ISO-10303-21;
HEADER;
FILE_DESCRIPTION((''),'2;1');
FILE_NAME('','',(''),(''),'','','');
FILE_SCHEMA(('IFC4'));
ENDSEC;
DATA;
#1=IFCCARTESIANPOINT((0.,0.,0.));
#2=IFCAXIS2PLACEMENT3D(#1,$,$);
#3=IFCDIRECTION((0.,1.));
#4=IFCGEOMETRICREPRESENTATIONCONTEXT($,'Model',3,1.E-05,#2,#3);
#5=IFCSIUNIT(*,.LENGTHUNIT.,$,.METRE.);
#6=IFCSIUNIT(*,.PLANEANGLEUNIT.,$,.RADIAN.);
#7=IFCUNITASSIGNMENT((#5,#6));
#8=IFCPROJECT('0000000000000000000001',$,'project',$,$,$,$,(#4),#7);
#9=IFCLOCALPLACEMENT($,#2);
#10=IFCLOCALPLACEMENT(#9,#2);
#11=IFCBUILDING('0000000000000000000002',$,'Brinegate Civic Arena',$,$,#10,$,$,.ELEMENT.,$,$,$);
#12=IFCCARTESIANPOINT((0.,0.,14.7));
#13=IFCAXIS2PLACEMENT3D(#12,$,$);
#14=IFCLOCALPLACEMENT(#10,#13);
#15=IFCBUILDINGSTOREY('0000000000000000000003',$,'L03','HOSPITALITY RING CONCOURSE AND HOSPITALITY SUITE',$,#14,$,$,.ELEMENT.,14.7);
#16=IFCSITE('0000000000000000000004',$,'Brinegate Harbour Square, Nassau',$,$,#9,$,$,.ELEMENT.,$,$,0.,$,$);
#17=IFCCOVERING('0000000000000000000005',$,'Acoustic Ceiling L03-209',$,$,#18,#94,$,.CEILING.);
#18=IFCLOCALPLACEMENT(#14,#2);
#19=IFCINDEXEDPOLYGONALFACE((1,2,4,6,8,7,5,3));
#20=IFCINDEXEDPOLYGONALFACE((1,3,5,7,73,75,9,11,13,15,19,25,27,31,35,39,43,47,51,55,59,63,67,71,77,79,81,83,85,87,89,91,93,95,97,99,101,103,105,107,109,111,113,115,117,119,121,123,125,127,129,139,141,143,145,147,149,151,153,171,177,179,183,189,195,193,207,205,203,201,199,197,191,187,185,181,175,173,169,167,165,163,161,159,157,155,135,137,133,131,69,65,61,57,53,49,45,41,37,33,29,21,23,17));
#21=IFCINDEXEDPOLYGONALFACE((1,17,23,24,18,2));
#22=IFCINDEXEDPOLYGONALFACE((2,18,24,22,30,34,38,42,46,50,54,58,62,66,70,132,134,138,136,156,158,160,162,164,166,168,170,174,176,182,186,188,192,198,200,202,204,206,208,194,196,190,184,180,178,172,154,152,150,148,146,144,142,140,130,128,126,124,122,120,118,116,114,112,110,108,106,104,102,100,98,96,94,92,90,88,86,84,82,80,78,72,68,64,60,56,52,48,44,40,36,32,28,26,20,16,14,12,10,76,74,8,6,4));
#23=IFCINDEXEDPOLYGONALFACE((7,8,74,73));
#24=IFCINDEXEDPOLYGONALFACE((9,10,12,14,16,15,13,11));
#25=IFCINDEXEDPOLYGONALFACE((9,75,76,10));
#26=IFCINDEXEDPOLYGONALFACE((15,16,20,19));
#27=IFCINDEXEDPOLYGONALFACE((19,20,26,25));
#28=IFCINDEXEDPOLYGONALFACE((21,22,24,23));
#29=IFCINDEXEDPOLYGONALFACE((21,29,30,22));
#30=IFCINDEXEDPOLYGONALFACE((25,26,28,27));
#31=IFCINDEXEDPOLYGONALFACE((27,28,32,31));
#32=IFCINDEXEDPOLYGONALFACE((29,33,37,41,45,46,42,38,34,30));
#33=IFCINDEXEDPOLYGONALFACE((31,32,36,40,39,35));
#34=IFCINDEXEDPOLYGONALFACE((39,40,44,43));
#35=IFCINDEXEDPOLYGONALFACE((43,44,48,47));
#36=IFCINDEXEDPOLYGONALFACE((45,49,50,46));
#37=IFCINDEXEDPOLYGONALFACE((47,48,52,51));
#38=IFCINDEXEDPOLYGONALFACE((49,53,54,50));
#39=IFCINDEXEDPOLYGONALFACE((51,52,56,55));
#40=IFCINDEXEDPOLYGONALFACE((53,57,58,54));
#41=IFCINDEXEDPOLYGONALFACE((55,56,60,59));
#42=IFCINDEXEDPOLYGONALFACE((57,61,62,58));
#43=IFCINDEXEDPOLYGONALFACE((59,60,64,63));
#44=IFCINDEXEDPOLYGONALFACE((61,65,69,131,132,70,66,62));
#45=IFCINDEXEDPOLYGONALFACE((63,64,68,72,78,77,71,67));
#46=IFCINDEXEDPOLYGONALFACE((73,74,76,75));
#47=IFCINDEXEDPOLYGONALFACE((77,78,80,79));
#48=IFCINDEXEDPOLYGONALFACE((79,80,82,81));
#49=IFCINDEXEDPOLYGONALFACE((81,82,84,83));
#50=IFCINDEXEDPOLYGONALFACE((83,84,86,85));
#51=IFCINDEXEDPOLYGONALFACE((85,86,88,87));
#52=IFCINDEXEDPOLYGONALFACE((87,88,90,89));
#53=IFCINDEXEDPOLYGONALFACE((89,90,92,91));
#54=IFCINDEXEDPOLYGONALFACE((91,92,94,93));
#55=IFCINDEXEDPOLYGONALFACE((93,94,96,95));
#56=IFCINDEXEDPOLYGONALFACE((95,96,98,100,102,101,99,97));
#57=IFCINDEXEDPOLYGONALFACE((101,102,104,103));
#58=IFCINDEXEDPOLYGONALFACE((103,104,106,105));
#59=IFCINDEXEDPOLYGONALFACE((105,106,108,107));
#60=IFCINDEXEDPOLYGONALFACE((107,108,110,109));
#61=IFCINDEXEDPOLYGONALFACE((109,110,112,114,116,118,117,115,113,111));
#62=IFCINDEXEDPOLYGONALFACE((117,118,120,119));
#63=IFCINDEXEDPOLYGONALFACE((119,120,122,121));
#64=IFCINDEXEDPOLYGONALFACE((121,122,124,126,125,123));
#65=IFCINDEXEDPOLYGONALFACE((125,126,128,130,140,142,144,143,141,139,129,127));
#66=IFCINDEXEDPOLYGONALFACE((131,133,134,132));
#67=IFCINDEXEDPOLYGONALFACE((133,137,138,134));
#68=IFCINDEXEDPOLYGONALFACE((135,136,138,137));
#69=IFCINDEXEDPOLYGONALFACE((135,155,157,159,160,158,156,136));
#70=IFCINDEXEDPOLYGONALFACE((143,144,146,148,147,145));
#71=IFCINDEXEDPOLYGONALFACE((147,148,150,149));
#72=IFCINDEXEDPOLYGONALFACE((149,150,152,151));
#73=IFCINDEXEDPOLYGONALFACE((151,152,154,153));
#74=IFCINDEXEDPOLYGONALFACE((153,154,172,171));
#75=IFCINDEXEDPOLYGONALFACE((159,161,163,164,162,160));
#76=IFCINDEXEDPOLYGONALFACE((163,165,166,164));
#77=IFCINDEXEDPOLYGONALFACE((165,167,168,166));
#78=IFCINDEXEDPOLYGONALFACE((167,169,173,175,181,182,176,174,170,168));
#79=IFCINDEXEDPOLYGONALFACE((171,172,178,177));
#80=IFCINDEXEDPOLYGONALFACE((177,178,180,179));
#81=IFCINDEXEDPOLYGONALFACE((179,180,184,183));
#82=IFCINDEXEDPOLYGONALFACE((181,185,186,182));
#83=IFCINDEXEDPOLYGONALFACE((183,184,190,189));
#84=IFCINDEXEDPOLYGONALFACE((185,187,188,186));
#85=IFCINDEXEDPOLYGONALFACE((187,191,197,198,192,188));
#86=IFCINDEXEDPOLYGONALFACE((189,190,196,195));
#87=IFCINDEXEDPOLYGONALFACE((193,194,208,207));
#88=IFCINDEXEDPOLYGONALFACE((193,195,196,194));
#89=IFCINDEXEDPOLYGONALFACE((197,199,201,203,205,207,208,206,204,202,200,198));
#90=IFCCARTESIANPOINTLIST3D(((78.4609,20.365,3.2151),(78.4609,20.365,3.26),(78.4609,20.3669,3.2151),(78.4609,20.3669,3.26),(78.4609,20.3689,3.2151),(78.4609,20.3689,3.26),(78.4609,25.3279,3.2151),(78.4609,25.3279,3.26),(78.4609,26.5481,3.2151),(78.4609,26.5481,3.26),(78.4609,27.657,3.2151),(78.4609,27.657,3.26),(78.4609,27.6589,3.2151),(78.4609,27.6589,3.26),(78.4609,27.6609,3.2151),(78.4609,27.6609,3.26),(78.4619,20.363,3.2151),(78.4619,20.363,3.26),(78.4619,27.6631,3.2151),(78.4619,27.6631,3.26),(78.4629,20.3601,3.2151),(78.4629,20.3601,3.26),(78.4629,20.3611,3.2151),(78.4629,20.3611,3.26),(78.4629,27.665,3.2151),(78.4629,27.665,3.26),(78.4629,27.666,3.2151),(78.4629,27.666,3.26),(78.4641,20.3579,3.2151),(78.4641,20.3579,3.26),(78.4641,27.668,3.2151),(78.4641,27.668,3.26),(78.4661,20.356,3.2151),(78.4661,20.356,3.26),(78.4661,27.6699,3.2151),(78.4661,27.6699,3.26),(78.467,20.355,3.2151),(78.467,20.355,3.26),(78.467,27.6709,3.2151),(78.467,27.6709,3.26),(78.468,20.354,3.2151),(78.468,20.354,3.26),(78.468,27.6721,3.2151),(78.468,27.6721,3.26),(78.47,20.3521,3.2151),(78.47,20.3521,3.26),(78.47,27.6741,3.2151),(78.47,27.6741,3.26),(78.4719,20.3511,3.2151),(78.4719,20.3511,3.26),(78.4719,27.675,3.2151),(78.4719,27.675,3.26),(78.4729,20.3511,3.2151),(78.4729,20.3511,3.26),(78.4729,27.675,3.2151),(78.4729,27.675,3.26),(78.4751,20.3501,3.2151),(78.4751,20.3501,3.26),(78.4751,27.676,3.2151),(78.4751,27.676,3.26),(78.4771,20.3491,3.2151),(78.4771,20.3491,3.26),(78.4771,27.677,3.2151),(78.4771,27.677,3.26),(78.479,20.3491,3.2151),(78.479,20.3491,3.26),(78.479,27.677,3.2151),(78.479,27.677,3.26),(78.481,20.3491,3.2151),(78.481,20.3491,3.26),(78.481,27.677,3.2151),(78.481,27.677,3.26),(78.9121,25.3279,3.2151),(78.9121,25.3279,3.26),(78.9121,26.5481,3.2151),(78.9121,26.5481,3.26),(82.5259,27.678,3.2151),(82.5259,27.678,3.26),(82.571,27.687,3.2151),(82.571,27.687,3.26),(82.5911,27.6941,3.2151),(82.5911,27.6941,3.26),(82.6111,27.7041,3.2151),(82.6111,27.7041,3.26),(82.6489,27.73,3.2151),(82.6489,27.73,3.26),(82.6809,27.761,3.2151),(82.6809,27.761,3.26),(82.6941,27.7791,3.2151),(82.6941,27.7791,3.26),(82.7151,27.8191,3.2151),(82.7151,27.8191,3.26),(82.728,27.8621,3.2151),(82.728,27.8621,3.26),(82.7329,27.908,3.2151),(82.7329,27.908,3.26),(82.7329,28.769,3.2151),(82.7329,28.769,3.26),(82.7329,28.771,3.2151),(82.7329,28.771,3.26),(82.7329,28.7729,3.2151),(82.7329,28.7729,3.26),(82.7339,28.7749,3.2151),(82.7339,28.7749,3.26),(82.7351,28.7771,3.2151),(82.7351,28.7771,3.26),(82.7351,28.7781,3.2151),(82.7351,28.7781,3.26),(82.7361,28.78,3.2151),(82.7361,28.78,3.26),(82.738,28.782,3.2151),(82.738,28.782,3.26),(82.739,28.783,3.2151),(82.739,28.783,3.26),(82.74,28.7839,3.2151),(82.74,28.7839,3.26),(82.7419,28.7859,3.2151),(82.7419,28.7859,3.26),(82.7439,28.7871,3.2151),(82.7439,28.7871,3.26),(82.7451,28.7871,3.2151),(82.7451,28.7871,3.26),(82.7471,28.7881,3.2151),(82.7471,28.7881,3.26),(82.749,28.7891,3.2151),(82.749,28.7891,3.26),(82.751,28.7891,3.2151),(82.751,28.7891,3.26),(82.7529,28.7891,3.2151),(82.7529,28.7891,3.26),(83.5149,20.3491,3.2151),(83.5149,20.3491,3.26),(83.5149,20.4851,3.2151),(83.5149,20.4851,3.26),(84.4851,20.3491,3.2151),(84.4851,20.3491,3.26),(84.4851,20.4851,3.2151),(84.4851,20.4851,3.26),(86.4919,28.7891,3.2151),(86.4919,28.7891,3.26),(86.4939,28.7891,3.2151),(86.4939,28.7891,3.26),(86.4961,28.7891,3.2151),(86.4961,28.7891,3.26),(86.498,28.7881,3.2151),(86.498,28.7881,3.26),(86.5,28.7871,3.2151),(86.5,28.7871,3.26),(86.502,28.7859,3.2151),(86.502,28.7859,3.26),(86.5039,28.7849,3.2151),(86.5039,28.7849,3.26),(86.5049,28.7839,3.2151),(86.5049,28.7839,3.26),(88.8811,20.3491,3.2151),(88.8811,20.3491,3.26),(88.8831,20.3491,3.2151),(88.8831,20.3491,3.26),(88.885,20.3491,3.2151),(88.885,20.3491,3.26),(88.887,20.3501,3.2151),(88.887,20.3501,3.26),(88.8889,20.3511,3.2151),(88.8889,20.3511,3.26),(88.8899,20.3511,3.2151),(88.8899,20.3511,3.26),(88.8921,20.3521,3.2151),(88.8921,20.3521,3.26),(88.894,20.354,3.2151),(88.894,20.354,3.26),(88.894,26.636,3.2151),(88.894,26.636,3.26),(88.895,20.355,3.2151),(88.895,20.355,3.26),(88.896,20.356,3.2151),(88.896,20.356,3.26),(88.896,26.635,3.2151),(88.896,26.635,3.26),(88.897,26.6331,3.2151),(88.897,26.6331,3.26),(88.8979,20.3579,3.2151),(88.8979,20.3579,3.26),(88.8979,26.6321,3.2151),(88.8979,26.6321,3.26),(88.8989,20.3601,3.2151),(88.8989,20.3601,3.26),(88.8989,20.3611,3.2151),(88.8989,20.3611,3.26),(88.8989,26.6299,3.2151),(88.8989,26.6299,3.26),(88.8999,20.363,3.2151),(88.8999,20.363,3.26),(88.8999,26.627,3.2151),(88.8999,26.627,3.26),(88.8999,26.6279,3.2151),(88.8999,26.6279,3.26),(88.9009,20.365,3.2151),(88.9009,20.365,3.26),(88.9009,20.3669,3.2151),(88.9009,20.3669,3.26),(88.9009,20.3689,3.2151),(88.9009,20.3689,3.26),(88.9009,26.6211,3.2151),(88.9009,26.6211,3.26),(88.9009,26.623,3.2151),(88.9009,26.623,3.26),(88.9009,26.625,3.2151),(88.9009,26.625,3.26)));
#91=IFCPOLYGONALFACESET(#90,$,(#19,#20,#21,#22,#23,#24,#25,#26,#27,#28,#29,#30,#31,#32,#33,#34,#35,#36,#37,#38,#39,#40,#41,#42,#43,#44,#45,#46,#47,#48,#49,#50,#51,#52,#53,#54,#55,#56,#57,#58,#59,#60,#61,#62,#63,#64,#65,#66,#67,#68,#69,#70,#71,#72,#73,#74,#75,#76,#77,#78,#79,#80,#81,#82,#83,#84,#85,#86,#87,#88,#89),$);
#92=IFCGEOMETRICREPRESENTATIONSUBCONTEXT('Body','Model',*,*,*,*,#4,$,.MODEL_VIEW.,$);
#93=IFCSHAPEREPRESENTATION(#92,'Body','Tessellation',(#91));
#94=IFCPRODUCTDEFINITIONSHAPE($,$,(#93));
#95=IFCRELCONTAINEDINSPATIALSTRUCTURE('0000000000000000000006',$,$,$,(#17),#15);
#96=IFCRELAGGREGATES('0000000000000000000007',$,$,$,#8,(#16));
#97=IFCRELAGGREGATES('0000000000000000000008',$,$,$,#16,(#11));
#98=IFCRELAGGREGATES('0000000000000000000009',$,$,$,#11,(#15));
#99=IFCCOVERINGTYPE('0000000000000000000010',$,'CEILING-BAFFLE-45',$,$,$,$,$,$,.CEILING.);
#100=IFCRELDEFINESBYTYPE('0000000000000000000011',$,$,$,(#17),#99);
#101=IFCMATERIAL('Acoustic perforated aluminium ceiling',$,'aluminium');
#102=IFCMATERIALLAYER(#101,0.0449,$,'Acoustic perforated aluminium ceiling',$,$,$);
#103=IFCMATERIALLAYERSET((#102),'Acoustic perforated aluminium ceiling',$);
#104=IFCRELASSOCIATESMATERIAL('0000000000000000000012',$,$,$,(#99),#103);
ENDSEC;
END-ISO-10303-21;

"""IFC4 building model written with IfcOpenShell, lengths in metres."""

from ifc_helpers import new_model, si_unit, direction, frame, origin, place, context, subcontext, project, spatial, polyline, outline, extrude, material, layer, layer_set, type_object, element, save


model = new_model("IFC4")

# Units and contexts
model_context = context("Model", 3, precision=1e-05, world=origin(), true_north=direction((0.0, 1.0)))
body_context = subcontext(model_context, "Body", "Model", "MODEL_VIEW")
ifc_project = project(units=[si_unit("LENGTHUNIT", "METRE"), si_unit("PLANEANGLEUNIT", "RADIAN")], contexts=[model_context])

# Site, building, storey
site_placement = place(None, origin())
site = spatial("IfcSite", under=ifc_project, at=site_placement, Name="Brinegate Harbour Square, Nassau", CompositionType="ELEMENT", RefElevation=0.0)
building_placement = place(site_placement, origin())
building = spatial("IfcBuilding", under=site, at=building_placement, Name="Brinegate Civic Arena", CompositionType="ELEMENT")
storey_placement = place(building_placement, frame((0.0, 0.0, 14.7)))
storey = spatial("IfcBuildingStorey", under=building, at=storey_placement, Name="L03", Description="HOSPITALITY RING CONCOURSE AND HOSPITALITY SUITE", CompositionType="ELEMENT", Elevation=14.7)

# Covering
ifc_material_1 = material(Name="Acoustic perforated aluminium ceiling", Category="aluminium")
ifc_layer_1 = layer(ifc_material_1, 0.0449, Name="Acoustic perforated aluminium ceiling")
ifc_layer_set_1 = layer_set([ifc_layer_1], Name="Acoustic perforated aluminium ceiling")
covering_type_1 = type_object("IfcCoveringType", Name="CEILING-BAFFLE-45", PredefinedType="CEILING", material=ifc_layer_set_1)
covering_1_placement = place(storey_placement, frame((0.0, 0.0, 3.2151)))
element("IfcCovering", 1, at=covering_1_placement, inside=storey, type_object=covering_type_1, Name="Acoustic Ceiling L03-209", PredefinedType="CEILING", context=body_context, shape_type="SweptSolid", body=[
    extrude(outline(polyline([(78.4771, 20.3491), (78.4751, 20.3501), (78.4729, 20.3511), (78.4719, 20.3511), (78.47, 20.3521), (78.468, 20.354), (78.467, 20.355), (78.4661, 20.356), (78.4641, 20.3579), (78.4629, 20.3601), (78.4629, 20.3611), (78.4619, 20.363), (78.4609, 20.365), (78.4609, 20.3669), (78.4609, 20.3689), (78.4609, 25.3279), (78.9121, 25.3279), (78.9121, 26.5481), (78.4609, 26.5481), (78.4609, 27.657), (78.4609, 27.6589), (78.4609, 27.6609), (78.4619, 27.6631), (78.4629, 27.665), (78.4629, 27.666), (78.4641, 27.668), (78.4661, 27.6699), (78.467, 27.6709), (78.468, 27.6721), (78.47, 27.6741), (78.4719, 27.675), (78.4729, 27.675), (78.4751, 27.676), (78.4771, 27.677), (78.479, 27.677), (78.481, 27.677), (82.5259, 27.678), (82.571, 27.687), (82.5911, 27.6941), (82.6111, 27.7041), (82.6489, 27.73), (82.6809, 27.761), (82.6941, 27.7791), (82.7151, 27.8191), (82.728, 27.8621), (82.7329, 27.908), (82.7329, 28.769), (82.7329, 28.771), (82.7329, 28.7729), (82.7339, 28.7749), (82.7351, 28.7771), (82.7351, 28.7781), (82.7361, 28.78), (82.738, 28.782), (82.739, 28.783), (82.74, 28.7839), (82.7419, 28.7859), (82.7439, 28.7871), (82.7451, 28.7871), (82.7471, 28.7881), (82.749, 28.7891), (82.751, 28.7891), (82.7529, 28.7891), (86.4919, 28.7891), (86.4939, 28.7891), (86.4961, 28.7891), (86.498, 28.7881), (86.5, 28.7871), (86.502, 28.7859), (86.5039, 28.7849), (86.5049, 28.7839), (88.894, 26.636), (88.896, 26.635), (88.897, 26.6331), (88.8979, 26.6321), (88.8989, 26.6299), (88.8999, 26.6279), (88.8999, 26.627), (88.9009, 26.625), (88.9009, 26.623), (88.9009, 26.6211), (88.9009, 20.3689), (88.9009, 20.3669), (88.9009, 20.365), (88.8999, 20.363), (88.8989, 20.3611), (88.8989, 20.3601), (88.8979, 20.3579), (88.896, 20.356), (88.895, 20.355), (88.894, 20.354), (88.8921, 20.3521), (88.8899, 20.3511), (88.8889, 20.3511), (88.887, 20.3501), (88.885, 20.3491), (88.8831, 20.3491), (88.8811, 20.3491), (84.4851, 20.3491), (84.4851, 20.4851), (83.5149, 20.4851), (83.5149, 20.3491), (78.481, 20.3491), (78.479, 20.3491), (78.4771, 20.3491)])), origin(), (0.0, 0.0, 1.0), 0.0449),
])

save(model, "model.ifc")
